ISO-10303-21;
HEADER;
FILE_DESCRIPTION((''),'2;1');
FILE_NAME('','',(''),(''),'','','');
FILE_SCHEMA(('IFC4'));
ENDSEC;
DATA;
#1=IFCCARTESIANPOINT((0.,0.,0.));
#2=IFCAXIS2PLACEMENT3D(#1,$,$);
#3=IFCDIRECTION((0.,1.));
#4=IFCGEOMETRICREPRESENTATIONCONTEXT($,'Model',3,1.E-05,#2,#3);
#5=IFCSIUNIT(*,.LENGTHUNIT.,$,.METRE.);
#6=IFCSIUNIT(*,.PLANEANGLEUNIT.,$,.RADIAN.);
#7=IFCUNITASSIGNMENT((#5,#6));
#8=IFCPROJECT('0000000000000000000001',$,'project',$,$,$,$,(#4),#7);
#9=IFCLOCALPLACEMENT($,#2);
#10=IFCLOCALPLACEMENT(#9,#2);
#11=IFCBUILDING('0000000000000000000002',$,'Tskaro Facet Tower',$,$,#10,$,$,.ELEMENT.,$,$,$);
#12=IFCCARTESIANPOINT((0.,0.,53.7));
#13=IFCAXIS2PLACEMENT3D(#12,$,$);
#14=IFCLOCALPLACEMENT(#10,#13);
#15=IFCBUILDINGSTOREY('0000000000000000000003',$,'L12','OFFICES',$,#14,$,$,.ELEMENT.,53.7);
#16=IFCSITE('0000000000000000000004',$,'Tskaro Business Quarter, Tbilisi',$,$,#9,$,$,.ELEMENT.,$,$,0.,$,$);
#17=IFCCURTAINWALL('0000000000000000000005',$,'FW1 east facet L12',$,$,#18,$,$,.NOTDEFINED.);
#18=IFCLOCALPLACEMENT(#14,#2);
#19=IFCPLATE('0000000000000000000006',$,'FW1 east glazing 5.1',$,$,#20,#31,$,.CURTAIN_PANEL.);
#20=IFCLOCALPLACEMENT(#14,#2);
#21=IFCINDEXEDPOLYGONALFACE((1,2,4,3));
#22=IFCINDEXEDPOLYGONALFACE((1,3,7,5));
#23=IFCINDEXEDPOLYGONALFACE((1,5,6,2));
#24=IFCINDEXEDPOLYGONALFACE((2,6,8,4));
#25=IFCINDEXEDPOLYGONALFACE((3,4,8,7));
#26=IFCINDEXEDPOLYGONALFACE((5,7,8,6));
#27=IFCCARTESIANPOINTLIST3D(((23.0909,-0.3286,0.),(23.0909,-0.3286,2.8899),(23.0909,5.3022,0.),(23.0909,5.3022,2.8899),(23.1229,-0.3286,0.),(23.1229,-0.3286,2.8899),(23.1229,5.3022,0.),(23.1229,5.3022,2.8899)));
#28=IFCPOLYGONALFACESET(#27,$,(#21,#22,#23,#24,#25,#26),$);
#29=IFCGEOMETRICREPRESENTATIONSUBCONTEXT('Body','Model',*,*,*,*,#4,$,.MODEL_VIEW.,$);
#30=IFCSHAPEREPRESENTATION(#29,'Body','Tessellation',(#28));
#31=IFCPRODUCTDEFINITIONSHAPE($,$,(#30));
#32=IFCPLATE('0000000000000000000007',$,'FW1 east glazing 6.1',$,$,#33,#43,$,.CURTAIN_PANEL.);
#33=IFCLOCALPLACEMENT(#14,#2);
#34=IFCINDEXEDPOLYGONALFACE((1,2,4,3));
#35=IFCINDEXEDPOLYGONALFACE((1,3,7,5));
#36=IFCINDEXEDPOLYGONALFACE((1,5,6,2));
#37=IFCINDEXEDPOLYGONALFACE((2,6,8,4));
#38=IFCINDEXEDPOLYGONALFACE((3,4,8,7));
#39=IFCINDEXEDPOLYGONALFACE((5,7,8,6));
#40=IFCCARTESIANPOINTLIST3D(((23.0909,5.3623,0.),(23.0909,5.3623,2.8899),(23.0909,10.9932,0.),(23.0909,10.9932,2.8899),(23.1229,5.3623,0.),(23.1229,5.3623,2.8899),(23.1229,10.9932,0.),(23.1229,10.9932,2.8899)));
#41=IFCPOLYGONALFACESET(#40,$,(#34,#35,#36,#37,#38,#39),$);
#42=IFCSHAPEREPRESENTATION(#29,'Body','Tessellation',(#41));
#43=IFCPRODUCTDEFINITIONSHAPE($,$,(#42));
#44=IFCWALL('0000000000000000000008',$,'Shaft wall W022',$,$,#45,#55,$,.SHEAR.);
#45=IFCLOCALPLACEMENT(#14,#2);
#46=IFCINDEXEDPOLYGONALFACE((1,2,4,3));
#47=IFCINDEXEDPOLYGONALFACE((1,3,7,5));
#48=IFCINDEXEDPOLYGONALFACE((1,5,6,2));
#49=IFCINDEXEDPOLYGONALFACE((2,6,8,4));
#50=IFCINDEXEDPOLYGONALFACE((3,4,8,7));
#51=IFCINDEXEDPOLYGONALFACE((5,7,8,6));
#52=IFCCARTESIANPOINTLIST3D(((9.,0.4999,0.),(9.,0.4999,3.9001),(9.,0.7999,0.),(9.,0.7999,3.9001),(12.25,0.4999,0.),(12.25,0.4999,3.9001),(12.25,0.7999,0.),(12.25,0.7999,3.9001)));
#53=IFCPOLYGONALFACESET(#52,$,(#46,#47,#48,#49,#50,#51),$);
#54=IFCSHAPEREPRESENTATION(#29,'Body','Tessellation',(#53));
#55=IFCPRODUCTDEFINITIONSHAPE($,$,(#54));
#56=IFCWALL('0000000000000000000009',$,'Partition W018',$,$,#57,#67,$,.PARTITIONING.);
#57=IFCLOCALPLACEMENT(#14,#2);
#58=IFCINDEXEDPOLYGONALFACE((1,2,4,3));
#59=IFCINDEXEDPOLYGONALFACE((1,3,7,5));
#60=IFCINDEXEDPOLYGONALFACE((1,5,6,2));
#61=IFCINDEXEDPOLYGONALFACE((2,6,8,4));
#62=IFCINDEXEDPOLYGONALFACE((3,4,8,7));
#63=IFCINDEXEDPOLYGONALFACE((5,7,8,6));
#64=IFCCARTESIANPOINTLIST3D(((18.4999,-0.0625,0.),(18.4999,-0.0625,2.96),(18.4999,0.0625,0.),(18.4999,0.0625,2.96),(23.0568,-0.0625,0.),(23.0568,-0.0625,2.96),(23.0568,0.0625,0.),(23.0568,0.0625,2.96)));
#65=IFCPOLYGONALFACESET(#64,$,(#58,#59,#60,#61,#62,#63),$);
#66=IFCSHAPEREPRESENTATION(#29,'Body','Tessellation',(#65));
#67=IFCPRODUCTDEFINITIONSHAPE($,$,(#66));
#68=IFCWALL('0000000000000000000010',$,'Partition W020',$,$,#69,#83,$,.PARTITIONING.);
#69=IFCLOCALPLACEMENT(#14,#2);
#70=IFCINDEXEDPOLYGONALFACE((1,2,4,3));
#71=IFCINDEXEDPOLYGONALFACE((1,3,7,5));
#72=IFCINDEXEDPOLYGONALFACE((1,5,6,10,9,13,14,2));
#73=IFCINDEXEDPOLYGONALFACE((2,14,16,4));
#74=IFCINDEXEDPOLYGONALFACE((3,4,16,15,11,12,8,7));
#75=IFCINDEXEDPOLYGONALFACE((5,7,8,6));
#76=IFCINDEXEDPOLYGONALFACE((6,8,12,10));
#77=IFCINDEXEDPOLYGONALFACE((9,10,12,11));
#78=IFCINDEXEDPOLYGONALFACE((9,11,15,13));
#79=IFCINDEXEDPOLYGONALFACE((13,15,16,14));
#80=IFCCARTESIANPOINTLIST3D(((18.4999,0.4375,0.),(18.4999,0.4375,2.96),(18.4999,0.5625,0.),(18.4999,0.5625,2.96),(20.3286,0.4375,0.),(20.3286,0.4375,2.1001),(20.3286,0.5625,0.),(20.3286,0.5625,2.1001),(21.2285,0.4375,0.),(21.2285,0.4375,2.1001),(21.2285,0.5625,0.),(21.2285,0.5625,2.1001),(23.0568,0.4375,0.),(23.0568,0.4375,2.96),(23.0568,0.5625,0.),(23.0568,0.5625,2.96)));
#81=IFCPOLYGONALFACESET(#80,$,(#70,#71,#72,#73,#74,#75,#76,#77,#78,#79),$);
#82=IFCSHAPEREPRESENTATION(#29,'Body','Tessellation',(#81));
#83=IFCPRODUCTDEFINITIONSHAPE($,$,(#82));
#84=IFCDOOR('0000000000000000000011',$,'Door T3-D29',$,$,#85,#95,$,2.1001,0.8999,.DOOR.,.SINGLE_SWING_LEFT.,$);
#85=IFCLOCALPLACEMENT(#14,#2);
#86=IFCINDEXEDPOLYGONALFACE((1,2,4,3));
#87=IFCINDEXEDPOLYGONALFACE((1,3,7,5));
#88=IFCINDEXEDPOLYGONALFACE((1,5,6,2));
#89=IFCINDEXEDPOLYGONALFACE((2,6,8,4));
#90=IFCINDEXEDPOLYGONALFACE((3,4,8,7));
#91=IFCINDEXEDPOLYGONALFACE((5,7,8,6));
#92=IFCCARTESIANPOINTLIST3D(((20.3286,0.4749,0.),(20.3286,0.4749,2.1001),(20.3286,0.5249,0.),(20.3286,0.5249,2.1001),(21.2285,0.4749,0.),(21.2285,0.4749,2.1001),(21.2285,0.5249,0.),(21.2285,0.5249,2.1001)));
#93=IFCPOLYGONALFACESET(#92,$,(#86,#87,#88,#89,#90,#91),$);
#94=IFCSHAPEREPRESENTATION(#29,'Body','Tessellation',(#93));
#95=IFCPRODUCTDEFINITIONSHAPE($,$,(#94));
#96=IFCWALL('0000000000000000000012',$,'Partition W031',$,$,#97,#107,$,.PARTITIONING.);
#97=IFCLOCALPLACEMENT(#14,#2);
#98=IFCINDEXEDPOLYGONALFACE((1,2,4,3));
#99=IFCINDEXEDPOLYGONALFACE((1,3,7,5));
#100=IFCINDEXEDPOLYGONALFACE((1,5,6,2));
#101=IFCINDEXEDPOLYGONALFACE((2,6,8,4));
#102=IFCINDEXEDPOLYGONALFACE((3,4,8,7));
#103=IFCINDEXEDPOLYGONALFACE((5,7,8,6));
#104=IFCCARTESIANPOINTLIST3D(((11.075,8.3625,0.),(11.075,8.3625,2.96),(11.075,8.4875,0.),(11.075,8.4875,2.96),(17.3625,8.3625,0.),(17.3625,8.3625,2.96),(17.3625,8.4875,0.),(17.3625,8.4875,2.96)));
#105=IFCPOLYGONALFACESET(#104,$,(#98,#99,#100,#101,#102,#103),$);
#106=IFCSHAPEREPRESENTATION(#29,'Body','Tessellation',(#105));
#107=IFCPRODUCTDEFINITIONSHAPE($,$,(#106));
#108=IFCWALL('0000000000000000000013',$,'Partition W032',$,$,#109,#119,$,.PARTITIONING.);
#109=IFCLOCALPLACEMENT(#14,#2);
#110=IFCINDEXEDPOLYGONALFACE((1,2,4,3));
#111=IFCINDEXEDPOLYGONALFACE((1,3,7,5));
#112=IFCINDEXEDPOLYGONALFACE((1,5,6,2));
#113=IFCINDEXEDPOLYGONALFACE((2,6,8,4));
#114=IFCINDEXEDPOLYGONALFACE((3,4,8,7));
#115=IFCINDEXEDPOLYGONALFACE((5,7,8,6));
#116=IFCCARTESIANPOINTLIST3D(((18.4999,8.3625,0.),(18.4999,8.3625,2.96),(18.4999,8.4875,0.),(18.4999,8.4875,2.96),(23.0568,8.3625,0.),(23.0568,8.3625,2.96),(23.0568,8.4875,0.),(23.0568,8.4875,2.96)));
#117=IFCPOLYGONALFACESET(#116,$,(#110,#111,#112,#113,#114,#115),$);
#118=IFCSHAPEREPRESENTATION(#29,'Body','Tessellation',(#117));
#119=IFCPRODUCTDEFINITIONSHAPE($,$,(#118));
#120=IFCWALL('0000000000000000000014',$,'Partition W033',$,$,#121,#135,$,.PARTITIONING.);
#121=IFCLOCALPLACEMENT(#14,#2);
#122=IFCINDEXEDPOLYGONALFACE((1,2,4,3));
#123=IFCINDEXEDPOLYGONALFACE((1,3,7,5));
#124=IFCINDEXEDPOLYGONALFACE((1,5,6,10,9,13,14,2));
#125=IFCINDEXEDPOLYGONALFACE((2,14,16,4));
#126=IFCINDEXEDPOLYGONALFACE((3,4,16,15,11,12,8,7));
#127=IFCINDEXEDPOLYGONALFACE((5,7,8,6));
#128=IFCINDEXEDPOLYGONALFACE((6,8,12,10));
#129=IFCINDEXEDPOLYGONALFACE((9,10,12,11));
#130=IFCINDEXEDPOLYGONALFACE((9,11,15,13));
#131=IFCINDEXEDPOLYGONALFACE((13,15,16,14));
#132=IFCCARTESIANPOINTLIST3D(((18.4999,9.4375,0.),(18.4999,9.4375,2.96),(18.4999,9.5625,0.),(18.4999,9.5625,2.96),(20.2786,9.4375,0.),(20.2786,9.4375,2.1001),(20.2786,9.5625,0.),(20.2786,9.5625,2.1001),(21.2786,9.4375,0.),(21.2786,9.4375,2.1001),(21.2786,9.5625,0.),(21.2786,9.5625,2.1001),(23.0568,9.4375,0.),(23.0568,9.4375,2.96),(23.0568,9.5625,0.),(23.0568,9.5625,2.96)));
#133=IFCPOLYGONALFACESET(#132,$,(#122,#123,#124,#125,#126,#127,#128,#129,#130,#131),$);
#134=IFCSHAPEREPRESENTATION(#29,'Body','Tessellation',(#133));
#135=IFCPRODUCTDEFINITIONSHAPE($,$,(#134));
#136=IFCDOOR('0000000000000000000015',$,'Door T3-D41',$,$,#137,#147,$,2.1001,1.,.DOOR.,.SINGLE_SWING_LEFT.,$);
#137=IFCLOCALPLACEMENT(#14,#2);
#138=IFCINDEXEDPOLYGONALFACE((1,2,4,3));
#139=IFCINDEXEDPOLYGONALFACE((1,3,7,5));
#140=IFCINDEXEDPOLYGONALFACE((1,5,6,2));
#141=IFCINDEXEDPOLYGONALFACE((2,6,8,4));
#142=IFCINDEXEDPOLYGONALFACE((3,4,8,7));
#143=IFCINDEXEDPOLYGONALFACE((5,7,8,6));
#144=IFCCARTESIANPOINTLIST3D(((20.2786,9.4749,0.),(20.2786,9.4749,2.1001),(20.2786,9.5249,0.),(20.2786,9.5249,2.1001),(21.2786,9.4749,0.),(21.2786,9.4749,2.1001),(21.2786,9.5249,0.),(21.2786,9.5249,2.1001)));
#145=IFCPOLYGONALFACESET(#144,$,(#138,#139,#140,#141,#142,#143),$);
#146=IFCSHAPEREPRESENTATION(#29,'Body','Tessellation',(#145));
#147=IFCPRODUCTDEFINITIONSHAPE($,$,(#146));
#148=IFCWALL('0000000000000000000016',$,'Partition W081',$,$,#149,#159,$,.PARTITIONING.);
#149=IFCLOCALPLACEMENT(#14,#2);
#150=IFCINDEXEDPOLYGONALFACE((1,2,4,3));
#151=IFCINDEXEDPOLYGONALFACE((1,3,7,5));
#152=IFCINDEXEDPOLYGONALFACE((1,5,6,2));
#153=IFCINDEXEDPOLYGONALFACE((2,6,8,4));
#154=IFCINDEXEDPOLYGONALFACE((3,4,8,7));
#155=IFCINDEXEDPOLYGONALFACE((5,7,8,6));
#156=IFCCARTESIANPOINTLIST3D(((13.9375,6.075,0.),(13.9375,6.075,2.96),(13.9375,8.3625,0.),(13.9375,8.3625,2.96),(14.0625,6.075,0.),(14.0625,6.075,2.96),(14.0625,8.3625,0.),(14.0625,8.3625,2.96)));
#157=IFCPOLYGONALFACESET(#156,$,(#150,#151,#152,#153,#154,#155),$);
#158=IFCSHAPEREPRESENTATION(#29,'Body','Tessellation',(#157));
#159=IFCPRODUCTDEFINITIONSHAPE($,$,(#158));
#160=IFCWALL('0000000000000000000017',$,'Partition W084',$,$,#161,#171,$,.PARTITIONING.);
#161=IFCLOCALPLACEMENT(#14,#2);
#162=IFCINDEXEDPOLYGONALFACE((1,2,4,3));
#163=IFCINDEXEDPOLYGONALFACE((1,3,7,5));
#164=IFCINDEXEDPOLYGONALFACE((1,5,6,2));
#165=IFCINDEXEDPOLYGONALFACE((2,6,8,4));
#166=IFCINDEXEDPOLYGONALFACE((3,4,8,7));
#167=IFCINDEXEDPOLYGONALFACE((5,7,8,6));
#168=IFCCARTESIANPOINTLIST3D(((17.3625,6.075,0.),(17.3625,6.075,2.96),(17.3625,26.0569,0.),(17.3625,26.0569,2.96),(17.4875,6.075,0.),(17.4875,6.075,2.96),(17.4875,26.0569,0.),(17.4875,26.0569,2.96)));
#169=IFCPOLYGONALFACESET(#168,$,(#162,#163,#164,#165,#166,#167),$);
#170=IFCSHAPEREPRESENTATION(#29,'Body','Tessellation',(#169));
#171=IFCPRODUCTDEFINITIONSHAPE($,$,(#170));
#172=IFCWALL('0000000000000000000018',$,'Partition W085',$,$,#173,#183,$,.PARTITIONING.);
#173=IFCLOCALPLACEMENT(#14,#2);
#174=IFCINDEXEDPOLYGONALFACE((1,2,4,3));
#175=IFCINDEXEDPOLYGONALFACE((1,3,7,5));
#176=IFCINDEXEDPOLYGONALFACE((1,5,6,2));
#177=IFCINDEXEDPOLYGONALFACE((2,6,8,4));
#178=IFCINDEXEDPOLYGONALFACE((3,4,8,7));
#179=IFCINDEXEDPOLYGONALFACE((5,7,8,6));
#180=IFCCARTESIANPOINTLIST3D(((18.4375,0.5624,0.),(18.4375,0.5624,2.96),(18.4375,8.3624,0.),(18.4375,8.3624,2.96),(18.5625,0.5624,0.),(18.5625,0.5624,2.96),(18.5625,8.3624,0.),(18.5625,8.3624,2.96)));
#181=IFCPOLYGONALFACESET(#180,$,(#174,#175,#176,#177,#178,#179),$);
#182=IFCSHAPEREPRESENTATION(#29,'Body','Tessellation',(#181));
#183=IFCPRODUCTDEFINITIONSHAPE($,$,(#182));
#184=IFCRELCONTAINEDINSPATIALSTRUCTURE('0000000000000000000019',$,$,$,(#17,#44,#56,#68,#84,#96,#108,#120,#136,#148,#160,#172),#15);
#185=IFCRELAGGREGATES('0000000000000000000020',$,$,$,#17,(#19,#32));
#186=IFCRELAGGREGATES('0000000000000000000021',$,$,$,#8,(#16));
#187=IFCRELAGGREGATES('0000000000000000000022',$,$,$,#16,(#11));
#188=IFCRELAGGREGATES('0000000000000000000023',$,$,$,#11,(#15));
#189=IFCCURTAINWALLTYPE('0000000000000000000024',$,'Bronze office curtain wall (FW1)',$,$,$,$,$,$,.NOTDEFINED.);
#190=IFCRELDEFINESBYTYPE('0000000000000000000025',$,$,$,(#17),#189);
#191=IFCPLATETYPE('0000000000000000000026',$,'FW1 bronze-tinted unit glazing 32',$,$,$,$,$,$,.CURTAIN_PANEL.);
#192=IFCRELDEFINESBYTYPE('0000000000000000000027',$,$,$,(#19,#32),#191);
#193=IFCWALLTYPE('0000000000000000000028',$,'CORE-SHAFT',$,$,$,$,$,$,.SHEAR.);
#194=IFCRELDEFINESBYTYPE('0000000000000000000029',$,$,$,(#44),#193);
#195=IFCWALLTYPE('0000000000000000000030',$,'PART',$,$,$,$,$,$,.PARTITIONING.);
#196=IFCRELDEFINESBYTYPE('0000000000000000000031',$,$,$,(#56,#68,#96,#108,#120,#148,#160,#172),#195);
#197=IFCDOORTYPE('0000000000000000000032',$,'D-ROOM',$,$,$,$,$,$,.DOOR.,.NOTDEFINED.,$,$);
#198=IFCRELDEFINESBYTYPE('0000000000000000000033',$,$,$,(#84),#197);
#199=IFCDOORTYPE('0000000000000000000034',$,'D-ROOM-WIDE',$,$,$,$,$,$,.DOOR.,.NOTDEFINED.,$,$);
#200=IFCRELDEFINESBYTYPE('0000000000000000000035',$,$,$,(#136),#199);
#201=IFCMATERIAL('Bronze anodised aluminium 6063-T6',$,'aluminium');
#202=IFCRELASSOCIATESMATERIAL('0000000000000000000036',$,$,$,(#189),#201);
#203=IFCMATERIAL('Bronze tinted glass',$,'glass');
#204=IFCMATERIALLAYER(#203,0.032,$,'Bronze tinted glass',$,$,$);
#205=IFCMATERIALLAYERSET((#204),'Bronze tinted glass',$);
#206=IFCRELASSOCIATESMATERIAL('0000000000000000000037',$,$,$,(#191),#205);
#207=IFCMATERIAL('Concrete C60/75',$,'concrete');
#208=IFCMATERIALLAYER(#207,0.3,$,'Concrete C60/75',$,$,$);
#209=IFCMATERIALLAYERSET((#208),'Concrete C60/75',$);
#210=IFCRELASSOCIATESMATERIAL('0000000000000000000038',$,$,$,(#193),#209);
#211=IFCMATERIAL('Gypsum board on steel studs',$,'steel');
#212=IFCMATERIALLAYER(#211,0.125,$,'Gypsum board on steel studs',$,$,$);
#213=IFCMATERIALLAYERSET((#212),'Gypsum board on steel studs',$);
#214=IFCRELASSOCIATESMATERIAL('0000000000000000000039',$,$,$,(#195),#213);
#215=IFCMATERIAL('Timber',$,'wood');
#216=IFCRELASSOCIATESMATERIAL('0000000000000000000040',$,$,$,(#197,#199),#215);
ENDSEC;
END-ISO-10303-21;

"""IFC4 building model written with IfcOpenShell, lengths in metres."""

from ifc_helpers import new_model, si_unit, direction, frame, frame_2d, origin, origin_2d, place, context, subcontext, project, spatial, rectangle, extrude, material, layer, layer_set, type_object, element, fill, aggregate, save


model = new_model("IFC4")

# Units and contexts
model_context = context("Model", 3, precision=1e-05, world=origin(), true_north=direction((0.0, 1.0)))
body_context = subcontext(model_context, "Body", "Model", "MODEL_VIEW")
ifc_project = project(units=[si_unit("LENGTHUNIT", "METRE"), si_unit("PLANEANGLEUNIT", "RADIAN")], contexts=[model_context])

# Site, building, storey
site_placement = place(None, origin())
site = spatial("IfcSite", under=ifc_project, at=site_placement, Name="Tskaro Business Quarter, Tbilisi", CompositionType="ELEMENT", RefElevation=0.0)
building_placement = place(site_placement, origin())
building = spatial("IfcBuilding", under=site, at=building_placement, Name="Tskaro Facet Tower", CompositionType="ELEMENT")
storey_placement = place(building_placement, frame((0.0, 0.0, 53.7)))
storey = spatial("IfcBuildingStorey", under=building, at=storey_placement, Name="L12", Description="OFFICES", CompositionType="ELEMENT", Elevation=53.7)

# Curtain wall
ifc_material_1 = material(Name="Bronze anodised aluminium 6063-T6", Category="aluminium")
curtain_wall_type = type_object("IfcCurtainWallType", Name="Bronze office curtain wall (FW1)", PredefinedType="NOTDEFINED", material=ifc_material_1)
curtain_wall_placement = place(storey_placement, origin())
curtain_wall = element("IfcCurtainWall", 1, at=curtain_wall_placement, inside=storey, type_object=curtain_wall_type, Name="FW1 east facet L12", PredefinedType="NOTDEFINED")

# Plates
ifc_material_2 = material(Name="Bronze tinted glass", Category="glass")
ifc_layer_1 = layer(ifc_material_2, 0.032, Name="Bronze tinted glass")
ifc_layer_set_1 = layer_set([ifc_layer_1], Name="Bronze tinted glass")
plate_type = type_object("IfcPlateType", Name="FW1 bronze-tinted unit glazing 32", PredefinedType="CURTAIN_PANEL", material=ifc_layer_set_1)
plate_1_placement = place(storey_placement, frame((23.1069, 2.4868, 0.0), z_axis=(0.0, 0.0, 1.0), x_axis=(0.0, 1.0, 0.0)))
plate_1 = element("IfcPlate", 2, at=plate_1_placement, type_object=plate_type, Name="FW1 east glazing 5.1", PredefinedType="CURTAIN_PANEL", context=body_context, shape_type="SweptSolid", body=[
    extrude(rectangle(XDim=5.6309, YDim=0.032, at=origin_2d()), origin(), (0.0, 0.0, 1.0), 2.8899),
])
plate_2_placement = place(storey_placement, frame((23.1069, 8.1777, 0.0), z_axis=(0.0, 0.0, 1.0), x_axis=(0.0, 1.0, 0.0)))
plate_2 = element("IfcPlate", 3, at=plate_2_placement, type_object=plate_type, Name="FW1 east glazing 6.1", PredefinedType="CURTAIN_PANEL", context=body_context, shape_type="SweptSolid", body=[
    extrude(rectangle(XDim=5.6309, YDim=0.032, at=origin_2d()), origin(), (0.0, 0.0, 1.0), 2.8899),
])
aggregate(curtain_wall, [plate_1, plate_2])

# Walls
ifc_material_3 = material(Name="Concrete C60/75", Category="concrete")
ifc_layer_2 = layer(ifc_material_3, 0.3, Name="Concrete C60/75")
ifc_layer_set_2 = layer_set([ifc_layer_2], Name="Concrete C60/75")
wall_type_1 = type_object("IfcWallType", Name="CORE-SHAFT", PredefinedType="SHEAR", material=ifc_layer_set_2)
wall_1_placement = place(storey_placement, frame((12.25, 0.6499, 0.0), z_axis=(0.0, 0.0, 1.0), x_axis=(-1.0, 0.0, 0.0)))
element("IfcWall", 4, at=wall_1_placement, inside=storey, type_object=wall_type_1, Name="Shaft wall W022", PredefinedType="SHEAR", context=body_context, shape_type="SweptSolid", body=[
    extrude(rectangle(XDim=3.25, YDim=0.3, at=frame_2d((1.625, 0.0))), origin(), (0.0, 0.0, 1.0), 3.9001),
])
ifc_material_4 = material(Name="Gypsum board on steel studs", Category="steel")
ifc_layer_3 = layer(ifc_material_4, 0.125, Name="Gypsum board on steel studs")
ifc_layer_set_3 = layer_set([ifc_layer_3], Name="Gypsum board on steel studs")
wall_type_2 = type_object("IfcWallType", Name="PART", PredefinedType="PARTITIONING", material=ifc_layer_set_3)
wall_2_placement = place(storey_placement, frame((18.5, 0.0, 0.0), z_axis=(0.0, 0.0, 1.0), x_axis=(1.0, 0.0, 0.0)))
element("IfcWall", 5, at=wall_2_placement, inside=storey, type_object=wall_type_2, Name="Partition W018", PredefinedType="PARTITIONING", context=body_context, shape_type="SweptSolid", body=[
    extrude(rectangle(XDim=4.5569, YDim=0.125, at=frame_2d((2.2783, 0.0))), origin(), (0.0, 0.0, 1.0), 2.96),
])

# Wall, opening, door
wall_3_placement = place(storey_placement, frame((18.5, 0.5, 0.0), z_axis=(0.0, 0.0, 1.0), x_axis=(1.0, 0.0, 0.0)))
wall_3 = element("IfcWall", 6, at=wall_3_placement, inside=storey, type_object=wall_type_2, Name="Partition W020", PredefinedType="PARTITIONING", context=body_context, shape_type="SweptSolid", body=[
    extrude(rectangle(XDim=4.5569, YDim=0.125, at=frame_2d((2.2783, 0.0))), origin(), (0.0, 0.0, 1.0), 2.96),
])
opening_1_placement = place(wall_3_placement, frame((1.8286, 0.0, 0.0)))
opening_1 = element("IfcOpeningElement", 7, at=opening_1_placement, cuts=wall_3, PredefinedType="OPENING", context=body_context, shape_type="SweptSolid", body=[
    extrude(rectangle(XDim=0.8999, YDim=2.1001, at=frame_2d((0.45, 1.05))), frame((0.0, 0.0725, 0.0), z_axis=(0.0, -1.0, 0.0), x_axis=(1.0, 0.0, 0.0)), (0.0, 0.0, 1.0), 0.145),
])
ifc_material_5 = material(Name="Timber", Category="wood")
door_type_1 = type_object("IfcDoorType", Name="D-ROOM", OperationType="NOTDEFINED", PredefinedType="DOOR", material=ifc_material_5)
door_1_placement = place(opening_1_placement, origin())
door_1 = element("IfcDoor", 8, at=door_1_placement, inside=storey, type_object=door_type_1, Name="Door T3-D29", OperationType="SINGLE_SWING_LEFT", OverallHeight=2.1001, OverallWidth=0.8999, PredefinedType="DOOR", context=body_context, shape_type="SweptSolid", body=[
    extrude(rectangle(XDim=0.8999, YDim=2.1001, at=frame_2d((0.45, 1.05))), frame((0.0, 0.0249, 0.0), z_axis=(0.0, -1.0, 0.0), x_axis=(1.0, 0.0, 0.0)), (0.0, 0.0, 1.0), 0.05),
])
fill(opening_1, door_1)

# Walls
wall_4_placement = place(storey_placement, frame((11.075, 8.425, 0.0), z_axis=(0.0, 0.0, 1.0), x_axis=(1.0, 0.0, 0.0)))
element("IfcWall", 9, at=wall_4_placement, inside=storey, type_object=wall_type_2, Name="Partition W031", PredefinedType="PARTITIONING", context=body_context, shape_type="SweptSolid", body=[
    extrude(rectangle(XDim=6.2876, YDim=0.125, at=frame_2d((3.1438, 0.0))), origin(), (0.0, 0.0, 1.0), 2.96),
])
wall_5_placement = place(storey_placement, frame((18.5, 8.425, 0.0), z_axis=(0.0, 0.0, 1.0), x_axis=(1.0, 0.0, 0.0)))
element("IfcWall", 10, at=wall_5_placement, inside=storey, type_object=wall_type_2, Name="Partition W032", PredefinedType="PARTITIONING", context=body_context, shape_type="SweptSolid", body=[
    extrude(rectangle(XDim=4.5569, YDim=0.125, at=frame_2d((2.2783, 0.0))), origin(), (0.0, 0.0, 1.0), 2.96),
])

# Wall, opening, door
wall_6_placement = place(storey_placement, frame((18.5, 9.5, 0.0), z_axis=(0.0, 0.0, 1.0), x_axis=(1.0, 0.0, 0.0)))
wall_6 = element("IfcWall", 11, at=wall_6_placement, inside=storey, type_object=wall_type_2, Name="Partition W033", PredefinedType="PARTITIONING", context=body_context, shape_type="SweptSolid", body=[
    extrude(rectangle(XDim=4.5569, YDim=0.125, at=frame_2d((2.2783, 0.0))), origin(), (0.0, 0.0, 1.0), 2.96),
])
opening_2_placement = place(wall_6_placement, frame((1.7786, 0.0, 0.0)))
opening_2 = element("IfcOpeningElement", 12, at=opening_2_placement, cuts=wall_6, PredefinedType="OPENING", context=body_context, shape_type="SweptSolid", body=[
    extrude(rectangle(XDim=1.0, YDim=2.1001, at=frame_2d((0.5, 1.05))), frame((0.0, 0.0725, 0.0), z_axis=(0.0, -1.0, 0.0), x_axis=(1.0, 0.0, 0.0)), (0.0, 0.0, 1.0), 0.145),
])
door_type_2 = type_object("IfcDoorType", Name="D-ROOM-WIDE", OperationType="NOTDEFINED", PredefinedType="DOOR", material=ifc_material_5)
door_2_placement = place(opening_2_placement, origin())
door_2 = element("IfcDoor", 13, at=door_2_placement, inside=storey, type_object=door_type_2, Name="Door T3-D41", OperationType="SINGLE_SWING_LEFT", OverallHeight=2.1001, OverallWidth=1.0, PredefinedType="DOOR", context=body_context, shape_type="SweptSolid", body=[
    extrude(rectangle(XDim=1.0, YDim=2.1001, at=frame_2d((0.5, 1.05))), frame((0.0, 0.0249, 0.0), z_axis=(0.0, -1.0, 0.0), x_axis=(1.0, 0.0, 0.0)), (0.0, 0.0, 1.0), 0.05),
])
fill(opening_2, door_2)

# Walls
wall_7_placement = place(storey_placement, frame((14.0, 6.075, 0.0), z_axis=(0.0, 0.0, 1.0), x_axis=(0.0, 1.0, 0.0)))
element("IfcWall", 14, at=wall_7_placement, inside=storey, type_object=wall_type_2, Name="Partition W081", PredefinedType="PARTITIONING", context=body_context, shape_type="SweptSolid", body=[
    extrude(rectangle(XDim=2.2876, YDim=0.125, at=frame_2d((1.1438, 0.0))), origin(), (0.0, 0.0, 1.0), 2.96),
])
wall_8_placement = place(storey_placement, frame((17.425, 6.075, 0.0), z_axis=(0.0, 0.0, 1.0), x_axis=(0.0, 1.0, 0.0)))
element("IfcWall", 15, at=wall_8_placement, inside=storey, type_object=wall_type_2, Name="Partition W084", PredefinedType="PARTITIONING", context=body_context, shape_type="SweptSolid", body=[
    extrude(rectangle(XDim=19.9819, YDim=0.125, at=frame_2d((9.991, 0.0))), origin(), (0.0, 0.0, 1.0), 2.96),
])
wall_9_placement = place(storey_placement, frame((18.5, 0.5625, 0.0), z_axis=(0.0, 0.0, 1.0), x_axis=(0.0, 1.0, 0.0)))
element("IfcWall", 16, at=wall_9_placement, inside=storey, type_object=wall_type_2, Name="Partition W085", PredefinedType="PARTITIONING", context=body_context, shape_type="SweptSolid", body=[
    extrude(rectangle(XDim=7.8, YDim=0.125, at=frame_2d((3.8999, 0.0))), origin(), (0.0, 0.0, 1.0), 2.96),
])

save(model, "model.ifc")
